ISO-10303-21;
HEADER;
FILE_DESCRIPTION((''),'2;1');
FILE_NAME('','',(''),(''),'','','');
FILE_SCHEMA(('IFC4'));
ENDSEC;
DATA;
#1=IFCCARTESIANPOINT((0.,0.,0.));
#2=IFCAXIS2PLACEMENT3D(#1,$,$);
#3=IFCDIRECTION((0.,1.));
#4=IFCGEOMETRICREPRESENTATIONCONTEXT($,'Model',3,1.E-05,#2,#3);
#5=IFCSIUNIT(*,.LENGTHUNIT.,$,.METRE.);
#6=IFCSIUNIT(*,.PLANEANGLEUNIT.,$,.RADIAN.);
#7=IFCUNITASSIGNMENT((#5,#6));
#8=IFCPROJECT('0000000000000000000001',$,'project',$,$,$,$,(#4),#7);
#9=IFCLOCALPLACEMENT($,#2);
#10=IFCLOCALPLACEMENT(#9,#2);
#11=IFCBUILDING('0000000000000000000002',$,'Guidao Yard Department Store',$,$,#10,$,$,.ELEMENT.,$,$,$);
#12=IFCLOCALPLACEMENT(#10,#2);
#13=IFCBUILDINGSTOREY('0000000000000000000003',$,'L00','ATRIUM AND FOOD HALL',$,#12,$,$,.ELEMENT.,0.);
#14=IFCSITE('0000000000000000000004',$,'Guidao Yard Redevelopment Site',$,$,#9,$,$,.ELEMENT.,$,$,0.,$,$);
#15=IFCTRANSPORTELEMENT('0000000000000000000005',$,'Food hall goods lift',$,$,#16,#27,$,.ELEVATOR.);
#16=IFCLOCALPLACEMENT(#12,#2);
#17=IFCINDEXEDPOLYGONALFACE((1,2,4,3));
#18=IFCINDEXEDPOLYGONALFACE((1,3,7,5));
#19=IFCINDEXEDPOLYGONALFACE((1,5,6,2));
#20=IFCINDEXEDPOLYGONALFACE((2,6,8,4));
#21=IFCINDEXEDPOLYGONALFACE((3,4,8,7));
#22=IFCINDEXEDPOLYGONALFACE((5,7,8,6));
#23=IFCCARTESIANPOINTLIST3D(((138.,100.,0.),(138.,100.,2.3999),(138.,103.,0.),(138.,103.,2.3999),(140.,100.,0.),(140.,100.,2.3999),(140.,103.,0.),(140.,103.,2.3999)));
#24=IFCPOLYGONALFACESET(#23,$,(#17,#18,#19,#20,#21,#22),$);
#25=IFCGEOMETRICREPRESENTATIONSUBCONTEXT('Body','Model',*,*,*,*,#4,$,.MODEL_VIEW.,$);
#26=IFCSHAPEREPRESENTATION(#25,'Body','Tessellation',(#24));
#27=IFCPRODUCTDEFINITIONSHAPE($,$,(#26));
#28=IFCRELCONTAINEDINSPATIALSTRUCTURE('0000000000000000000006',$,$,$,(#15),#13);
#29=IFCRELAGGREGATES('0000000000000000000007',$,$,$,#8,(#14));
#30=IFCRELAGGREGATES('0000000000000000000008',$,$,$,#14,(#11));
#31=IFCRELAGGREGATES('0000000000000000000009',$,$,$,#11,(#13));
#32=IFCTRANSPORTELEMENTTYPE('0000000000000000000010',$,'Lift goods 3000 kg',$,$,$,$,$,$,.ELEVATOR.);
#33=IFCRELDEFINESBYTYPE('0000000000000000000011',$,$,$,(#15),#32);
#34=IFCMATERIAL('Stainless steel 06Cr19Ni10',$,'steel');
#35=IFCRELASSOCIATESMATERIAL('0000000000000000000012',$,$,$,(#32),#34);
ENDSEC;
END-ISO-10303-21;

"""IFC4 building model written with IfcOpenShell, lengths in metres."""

from ifc_helpers import new_model, si_unit, direction, frame, origin, origin_2d, place, context, subcontext, project, spatial, rectangle, extrude, material, type_object, element, save


model = new_model("IFC4")

# Units and contexts
model_context = context("Model", 3, precision=1e-05, world=origin(), true_north=direction((0.0, 1.0)))
body_context = subcontext(model_context, "Body", "Model", "MODEL_VIEW")
ifc_project = project(units=[si_unit("LENGTHUNIT", "METRE"), si_unit("PLANEANGLEUNIT", "RADIAN")], contexts=[model_context])

# Site, building, storey
site_placement = place(None, origin())
site = spatial("IfcSite", under=ifc_project, at=site_placement, Name="Guidao Yard Redevelopment Site", CompositionType="ELEMENT", RefElevation=0.0)
building_placement = place(site_placement, origin())
building = spatial("IfcBuilding", under=site, at=building_placement, Name="Guidao Yard Department Store", CompositionType="ELEMENT")
storey_placement = place(building_placement, origin())
storey = spatial("IfcBuildingStorey", under=building, at=storey_placement, Name="L00", Description="ATRIUM AND FOOD HALL", CompositionType="ELEMENT", Elevation=0.0)

# Transport element
ifc_material_1 = material(Name="Stainless steel 06Cr19Ni10", Category="steel")
transport_element_type = type_object("IfcTransportElementType", Name="Lift goods 3000 kg", PredefinedType="ELEVATOR", material=ifc_material_1)
transport_element_placement = place(storey_placement, frame((139.0, 101.5, 0.0), z_axis=(0.0, 0.0, 1.0), x_axis=(1.0, 0.0, 0.0)))
element("IfcTransportElement", 1, at=transport_element_placement, inside=storey, type_object=transport_element_type, Name="Food hall goods lift", PredefinedType="ELEVATOR", context=body_context, shape_type="SweptSolid", body=[
    extrude(rectangle(XDim=2.0, YDim=3.0, at=origin_2d()), origin(), (0.0, 0.0, 1.0), 2.3999),
])

save(model, "model.ifc")
